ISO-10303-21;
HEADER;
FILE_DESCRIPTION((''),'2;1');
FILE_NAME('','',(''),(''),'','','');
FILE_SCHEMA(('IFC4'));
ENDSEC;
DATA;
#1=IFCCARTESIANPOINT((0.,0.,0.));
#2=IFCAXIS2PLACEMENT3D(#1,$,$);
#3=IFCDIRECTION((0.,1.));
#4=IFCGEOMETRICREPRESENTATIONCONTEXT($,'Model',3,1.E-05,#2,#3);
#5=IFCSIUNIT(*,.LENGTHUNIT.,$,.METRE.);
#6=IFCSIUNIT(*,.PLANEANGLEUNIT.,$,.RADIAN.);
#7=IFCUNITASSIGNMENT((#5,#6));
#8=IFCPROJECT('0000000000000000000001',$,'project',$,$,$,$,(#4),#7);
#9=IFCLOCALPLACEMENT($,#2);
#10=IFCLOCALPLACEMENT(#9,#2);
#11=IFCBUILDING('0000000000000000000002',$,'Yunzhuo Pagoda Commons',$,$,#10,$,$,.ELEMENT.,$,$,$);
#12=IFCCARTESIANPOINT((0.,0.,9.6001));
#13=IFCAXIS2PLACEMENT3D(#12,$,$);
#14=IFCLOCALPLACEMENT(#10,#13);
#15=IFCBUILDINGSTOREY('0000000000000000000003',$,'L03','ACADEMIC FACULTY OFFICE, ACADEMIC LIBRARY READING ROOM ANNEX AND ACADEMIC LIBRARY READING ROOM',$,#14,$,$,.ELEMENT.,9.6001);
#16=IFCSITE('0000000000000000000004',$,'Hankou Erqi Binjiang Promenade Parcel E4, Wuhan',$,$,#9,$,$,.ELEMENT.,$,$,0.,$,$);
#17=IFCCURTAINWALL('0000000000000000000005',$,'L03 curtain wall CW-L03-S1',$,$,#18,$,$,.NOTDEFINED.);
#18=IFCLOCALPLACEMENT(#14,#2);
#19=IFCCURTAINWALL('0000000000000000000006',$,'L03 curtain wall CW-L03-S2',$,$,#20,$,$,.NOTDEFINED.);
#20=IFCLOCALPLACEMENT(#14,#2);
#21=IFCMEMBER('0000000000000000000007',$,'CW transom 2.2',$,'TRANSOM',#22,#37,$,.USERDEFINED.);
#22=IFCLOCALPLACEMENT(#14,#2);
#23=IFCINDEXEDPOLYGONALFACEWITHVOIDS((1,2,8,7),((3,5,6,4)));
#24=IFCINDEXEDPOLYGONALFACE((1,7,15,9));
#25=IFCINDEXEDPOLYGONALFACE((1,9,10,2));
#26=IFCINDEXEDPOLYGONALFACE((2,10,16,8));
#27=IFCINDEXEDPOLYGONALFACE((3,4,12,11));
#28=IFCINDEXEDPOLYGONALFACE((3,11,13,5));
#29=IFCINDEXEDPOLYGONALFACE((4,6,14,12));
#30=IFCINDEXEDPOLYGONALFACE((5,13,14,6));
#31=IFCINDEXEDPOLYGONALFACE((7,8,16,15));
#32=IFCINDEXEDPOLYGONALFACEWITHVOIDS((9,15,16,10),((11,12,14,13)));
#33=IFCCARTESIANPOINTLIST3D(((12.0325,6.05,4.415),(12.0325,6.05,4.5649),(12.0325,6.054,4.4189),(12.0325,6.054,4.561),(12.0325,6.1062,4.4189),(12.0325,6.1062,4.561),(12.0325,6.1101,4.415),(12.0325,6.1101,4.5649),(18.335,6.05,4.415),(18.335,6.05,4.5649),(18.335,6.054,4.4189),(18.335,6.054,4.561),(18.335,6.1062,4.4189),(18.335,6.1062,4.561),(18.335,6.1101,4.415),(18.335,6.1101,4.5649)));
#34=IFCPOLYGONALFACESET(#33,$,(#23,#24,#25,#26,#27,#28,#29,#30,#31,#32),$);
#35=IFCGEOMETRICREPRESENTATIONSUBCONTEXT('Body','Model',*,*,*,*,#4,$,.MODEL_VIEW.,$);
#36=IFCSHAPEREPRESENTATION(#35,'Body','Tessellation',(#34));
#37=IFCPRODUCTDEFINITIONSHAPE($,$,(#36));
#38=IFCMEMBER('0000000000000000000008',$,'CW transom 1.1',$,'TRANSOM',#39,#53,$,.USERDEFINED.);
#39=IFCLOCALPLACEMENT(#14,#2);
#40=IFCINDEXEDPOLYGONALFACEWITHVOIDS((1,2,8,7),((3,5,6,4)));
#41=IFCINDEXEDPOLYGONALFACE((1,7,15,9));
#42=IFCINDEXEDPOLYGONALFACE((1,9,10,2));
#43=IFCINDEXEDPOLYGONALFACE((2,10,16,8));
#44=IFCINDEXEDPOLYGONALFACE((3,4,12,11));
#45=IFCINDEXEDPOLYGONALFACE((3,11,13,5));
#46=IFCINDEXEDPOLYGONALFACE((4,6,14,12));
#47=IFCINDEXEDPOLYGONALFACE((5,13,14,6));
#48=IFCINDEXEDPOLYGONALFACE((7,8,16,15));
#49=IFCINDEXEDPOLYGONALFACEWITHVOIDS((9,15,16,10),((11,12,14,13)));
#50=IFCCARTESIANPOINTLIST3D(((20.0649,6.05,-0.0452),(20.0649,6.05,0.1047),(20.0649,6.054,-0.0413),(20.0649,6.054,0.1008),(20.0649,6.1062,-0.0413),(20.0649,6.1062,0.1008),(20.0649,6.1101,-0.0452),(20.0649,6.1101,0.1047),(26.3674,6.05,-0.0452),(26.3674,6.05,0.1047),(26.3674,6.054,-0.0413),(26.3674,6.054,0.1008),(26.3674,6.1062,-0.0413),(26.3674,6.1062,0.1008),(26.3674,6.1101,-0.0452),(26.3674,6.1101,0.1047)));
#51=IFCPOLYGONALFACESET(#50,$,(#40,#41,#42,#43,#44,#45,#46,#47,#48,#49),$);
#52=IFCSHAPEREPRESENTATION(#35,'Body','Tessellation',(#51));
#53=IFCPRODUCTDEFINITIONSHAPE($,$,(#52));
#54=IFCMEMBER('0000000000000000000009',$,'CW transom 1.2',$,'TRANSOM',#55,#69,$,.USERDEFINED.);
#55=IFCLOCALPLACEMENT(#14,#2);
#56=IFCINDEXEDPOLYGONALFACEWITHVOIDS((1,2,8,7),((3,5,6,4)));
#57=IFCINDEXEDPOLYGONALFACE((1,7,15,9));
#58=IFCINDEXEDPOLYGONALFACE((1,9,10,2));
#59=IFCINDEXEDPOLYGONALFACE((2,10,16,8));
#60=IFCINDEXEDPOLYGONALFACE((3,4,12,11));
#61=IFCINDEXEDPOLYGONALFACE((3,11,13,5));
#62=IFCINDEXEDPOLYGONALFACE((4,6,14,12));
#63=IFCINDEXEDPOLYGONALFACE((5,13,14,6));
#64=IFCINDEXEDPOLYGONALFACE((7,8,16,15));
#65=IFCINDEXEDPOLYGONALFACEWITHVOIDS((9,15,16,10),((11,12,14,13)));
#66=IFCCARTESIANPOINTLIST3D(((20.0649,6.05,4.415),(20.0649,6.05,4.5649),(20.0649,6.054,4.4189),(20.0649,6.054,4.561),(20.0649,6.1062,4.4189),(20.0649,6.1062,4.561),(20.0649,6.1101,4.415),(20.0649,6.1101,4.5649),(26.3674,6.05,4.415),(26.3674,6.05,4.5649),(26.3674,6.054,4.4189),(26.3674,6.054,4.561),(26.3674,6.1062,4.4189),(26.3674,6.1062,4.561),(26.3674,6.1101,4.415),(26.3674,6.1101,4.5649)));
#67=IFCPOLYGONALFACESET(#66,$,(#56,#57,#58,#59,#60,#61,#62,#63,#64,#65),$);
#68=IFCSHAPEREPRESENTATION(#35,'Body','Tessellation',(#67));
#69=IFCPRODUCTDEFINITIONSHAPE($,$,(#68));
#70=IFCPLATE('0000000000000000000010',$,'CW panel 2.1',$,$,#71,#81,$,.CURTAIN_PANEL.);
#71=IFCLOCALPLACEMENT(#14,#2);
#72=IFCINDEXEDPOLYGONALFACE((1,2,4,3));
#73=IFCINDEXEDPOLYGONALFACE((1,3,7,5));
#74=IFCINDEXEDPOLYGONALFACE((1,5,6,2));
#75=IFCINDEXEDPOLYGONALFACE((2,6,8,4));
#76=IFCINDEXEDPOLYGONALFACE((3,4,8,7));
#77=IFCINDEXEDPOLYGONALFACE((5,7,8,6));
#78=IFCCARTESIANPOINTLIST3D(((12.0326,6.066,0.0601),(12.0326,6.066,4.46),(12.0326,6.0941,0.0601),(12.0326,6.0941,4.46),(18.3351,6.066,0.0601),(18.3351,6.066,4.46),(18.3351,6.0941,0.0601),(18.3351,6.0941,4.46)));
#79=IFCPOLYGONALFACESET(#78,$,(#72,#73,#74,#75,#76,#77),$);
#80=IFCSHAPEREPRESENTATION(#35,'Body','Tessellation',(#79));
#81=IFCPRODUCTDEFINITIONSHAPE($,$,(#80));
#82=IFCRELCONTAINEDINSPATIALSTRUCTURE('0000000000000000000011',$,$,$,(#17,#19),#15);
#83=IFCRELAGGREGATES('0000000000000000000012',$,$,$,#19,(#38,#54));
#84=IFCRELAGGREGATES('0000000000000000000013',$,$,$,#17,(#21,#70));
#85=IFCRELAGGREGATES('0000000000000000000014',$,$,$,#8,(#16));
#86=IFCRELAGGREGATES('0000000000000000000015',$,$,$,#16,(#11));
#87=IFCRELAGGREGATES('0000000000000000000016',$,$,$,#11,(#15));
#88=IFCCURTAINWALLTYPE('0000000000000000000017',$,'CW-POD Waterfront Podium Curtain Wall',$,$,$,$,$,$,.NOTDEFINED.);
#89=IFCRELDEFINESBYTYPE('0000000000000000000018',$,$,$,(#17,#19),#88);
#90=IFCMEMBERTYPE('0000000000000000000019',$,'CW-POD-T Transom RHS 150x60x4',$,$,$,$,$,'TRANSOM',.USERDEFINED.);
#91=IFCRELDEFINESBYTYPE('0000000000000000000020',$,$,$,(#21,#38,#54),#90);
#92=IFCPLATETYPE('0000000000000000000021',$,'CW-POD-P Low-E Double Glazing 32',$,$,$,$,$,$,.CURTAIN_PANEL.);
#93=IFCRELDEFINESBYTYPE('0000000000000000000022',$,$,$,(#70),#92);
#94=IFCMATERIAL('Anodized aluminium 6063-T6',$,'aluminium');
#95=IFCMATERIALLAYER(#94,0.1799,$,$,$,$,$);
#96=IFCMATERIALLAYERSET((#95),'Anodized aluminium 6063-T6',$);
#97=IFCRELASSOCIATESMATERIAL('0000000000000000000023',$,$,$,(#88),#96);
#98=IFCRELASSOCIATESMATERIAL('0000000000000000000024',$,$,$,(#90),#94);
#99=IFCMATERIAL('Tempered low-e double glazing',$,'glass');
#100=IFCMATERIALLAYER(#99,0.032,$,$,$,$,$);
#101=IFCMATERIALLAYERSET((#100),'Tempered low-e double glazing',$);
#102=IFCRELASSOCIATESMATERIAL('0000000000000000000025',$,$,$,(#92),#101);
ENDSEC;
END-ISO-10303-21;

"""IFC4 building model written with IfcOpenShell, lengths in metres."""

from ifc_helpers import new_model, si_unit, direction, frame, origin, origin_2d, place, context, subcontext, project, spatial, rectangle, hollow_rectangle, extrude, source, transform, mapped, material, layer, layer_set, material_profile, profile_set, type_object, element, aggregate, save


model = new_model("IFC4")

# Units and contexts
model_context = context("Model", 3, precision=1e-05, world=origin(), true_north=direction((0.0, 1.0)))
body_context = subcontext(model_context, "Body", "Model", "MODEL_VIEW")
ifc_project = project(units=[si_unit("LENGTHUNIT", "METRE"), si_unit("PLANEANGLEUNIT", "RADIAN")], contexts=[model_context])

# Site, building, storey
site_placement = place(None, origin())
site = spatial("IfcSite", under=ifc_project, at=site_placement, Name="Hankou Erqi Binjiang Promenade Parcel E4, Wuhan", CompositionType="ELEMENT", RefElevation=0.0)
building_placement = place(site_placement, origin())
building = spatial("IfcBuilding", under=site, at=building_placement, Name="Yunzhuo Pagoda Commons", CompositionType="ELEMENT")
storey_placement = place(building_placement, frame((0.0, 0.0, 9.6001)))
storey = spatial("IfcBuildingStorey", under=building, at=storey_placement, Name="L03", Description="ACADEMIC FACULTY OFFICE, ACADEMIC LIBRARY READING ROOM ANNEX AND ACADEMIC LIBRARY READING ROOM", CompositionType="ELEMENT", Elevation=9.6001)

# Curtain walls
ifc_material_1 = material(Name="Anodized aluminium 6063-T6", Category="aluminium")
ifc_layer_1 = layer(ifc_material_1, 0.1799)
ifc_layer_set_1 = layer_set([ifc_layer_1], Name="Anodized aluminium 6063-T6")
curtain_wall_type = type_object("IfcCurtainWallType", Name="CW-POD Waterfront Podium Curtain Wall", PredefinedType="NOTDEFINED", material=ifc_layer_set_1)
curtain_wall_1_placement = place(storey_placement, origin())
curtain_wall_1 = element("IfcCurtainWall", 1, at=curtain_wall_1_placement, inside=storey, type_object=curtain_wall_type, Name="L03 curtain wall CW-L03-S1", PredefinedType="NOTDEFINED")
curtain_wall_2_placement = place(storey_placement, origin())
curtain_wall_2 = element("IfcCurtainWall", 2, at=curtain_wall_2_placement, inside=storey, type_object=curtain_wall_type, Name="L03 curtain wall CW-L03-S2", PredefinedType="NOTDEFINED")

# Members
ifc_material_profile_1 = material_profile(ifc_material_1, hollow_rectangle(XDim=0.0601, YDim=0.1499, WallThickness=0.0039, at=origin_2d()), Name="Anodized aluminium 6063-T6")
ifc_profile_set_1 = profile_set([ifc_material_profile_1], Name="Anodized aluminium 6063-T6")
member_type_1 = type_object("IfcMemberType", Name="CW-POD-T Transom RHS 150x60x4", ElementType="TRANSOM", PredefinedType="USERDEFINED", material=ifc_profile_set_1)
shared_shape_1 = source(origin(), body_context, "Body", "SweptSolid", [
    extrude(hollow_rectangle(XDim=0.0601, YDim=0.1499, WallThickness=0.0039, at=origin_2d()), origin(), (0.0, 0.0, 1.0), 6.3025),
])
member_1_placement = place(storey_placement, frame((12.0325, 6.0801, 4.49), z_axis=(1.0, 0.0, 0.0), x_axis=(0.0, 1.0, 0.0)))
member_1 = element("IfcMember", 3, at=member_1_placement, type_object=member_type_1, Name="CW transom 2.2", ObjectType="TRANSOM", PredefinedType="USERDEFINED", context=body_context, shape_type="MappedRepresentation", body=[
    mapped(shared_shape_1, transform((0.0, 0.0, 0.0), scale=1.0)),
])
member_2_placement = place(storey_placement, frame((20.0649, 6.0801, 0.0298), z_axis=(1.0, 0.0, 0.0), x_axis=(0.0, 1.0, 0.0)))
member_2 = element("IfcMember", 4, at=member_2_placement, type_object=member_type_1, Name="CW transom 1.1", ObjectType="TRANSOM", PredefinedType="USERDEFINED", context=body_context, shape_type="MappedRepresentation", body=[
    mapped(shared_shape_1, transform((0.0, 0.0, 0.0), scale=1.0)),
])
member_3_placement = place(storey_placement, frame((20.0649, 6.0801, 4.49), z_axis=(1.0, 0.0, 0.0), x_axis=(0.0, 1.0, 0.0)))
member_3 = element("IfcMember", 5, at=member_3_placement, type_object=member_type_1, Name="CW transom 1.2", ObjectType="TRANSOM", PredefinedType="USERDEFINED", context=body_context, shape_type="MappedRepresentation", body=[
    mapped(shared_shape_1, transform((0.0, 0.0, 0.0), scale=1.0)),
])
aggregate(curtain_wall_2, [member_2, member_3])

# Plate
ifc_material_2 = material(Name="Tempered low-e double glazing", Category="glass")
ifc_layer_2 = layer(ifc_material_2, 0.032)
ifc_layer_set_2 = layer_set([ifc_layer_2], Name="Tempered low-e double glazing")
plate_type = type_object("IfcPlateType", Name="CW-POD-P Low-E Double Glazing 32", PredefinedType="CURTAIN_PANEL", material=ifc_layer_set_2)
shared_shape_2 = source(origin(), body_context, "Body", "SweptSolid", [
    extrude(rectangle(XDim=6.3025, YDim=0.0281, at=origin_2d()), origin(), (0.0, 0.0, 1.0), 4.3999),
])
plate_placement = place(storey_placement, frame((15.1838, 6.0801, 0.0601), z_axis=(0.0, 0.0, 1.0), x_axis=(1.0, 0.0, 0.0)))
plate = element("IfcPlate", 6, at=plate_placement, type_object=plate_type, Name="CW panel 2.1", PredefinedType="CURTAIN_PANEL", context=body_context, shape_type="MappedRepresentation", body=[
    mapped(shared_shape_2, transform((0.0, 0.0, 0.0), scale=1.0)),
])
aggregate(curtain_wall_1, [member_1, plate])

save(model, "model.ifc")
